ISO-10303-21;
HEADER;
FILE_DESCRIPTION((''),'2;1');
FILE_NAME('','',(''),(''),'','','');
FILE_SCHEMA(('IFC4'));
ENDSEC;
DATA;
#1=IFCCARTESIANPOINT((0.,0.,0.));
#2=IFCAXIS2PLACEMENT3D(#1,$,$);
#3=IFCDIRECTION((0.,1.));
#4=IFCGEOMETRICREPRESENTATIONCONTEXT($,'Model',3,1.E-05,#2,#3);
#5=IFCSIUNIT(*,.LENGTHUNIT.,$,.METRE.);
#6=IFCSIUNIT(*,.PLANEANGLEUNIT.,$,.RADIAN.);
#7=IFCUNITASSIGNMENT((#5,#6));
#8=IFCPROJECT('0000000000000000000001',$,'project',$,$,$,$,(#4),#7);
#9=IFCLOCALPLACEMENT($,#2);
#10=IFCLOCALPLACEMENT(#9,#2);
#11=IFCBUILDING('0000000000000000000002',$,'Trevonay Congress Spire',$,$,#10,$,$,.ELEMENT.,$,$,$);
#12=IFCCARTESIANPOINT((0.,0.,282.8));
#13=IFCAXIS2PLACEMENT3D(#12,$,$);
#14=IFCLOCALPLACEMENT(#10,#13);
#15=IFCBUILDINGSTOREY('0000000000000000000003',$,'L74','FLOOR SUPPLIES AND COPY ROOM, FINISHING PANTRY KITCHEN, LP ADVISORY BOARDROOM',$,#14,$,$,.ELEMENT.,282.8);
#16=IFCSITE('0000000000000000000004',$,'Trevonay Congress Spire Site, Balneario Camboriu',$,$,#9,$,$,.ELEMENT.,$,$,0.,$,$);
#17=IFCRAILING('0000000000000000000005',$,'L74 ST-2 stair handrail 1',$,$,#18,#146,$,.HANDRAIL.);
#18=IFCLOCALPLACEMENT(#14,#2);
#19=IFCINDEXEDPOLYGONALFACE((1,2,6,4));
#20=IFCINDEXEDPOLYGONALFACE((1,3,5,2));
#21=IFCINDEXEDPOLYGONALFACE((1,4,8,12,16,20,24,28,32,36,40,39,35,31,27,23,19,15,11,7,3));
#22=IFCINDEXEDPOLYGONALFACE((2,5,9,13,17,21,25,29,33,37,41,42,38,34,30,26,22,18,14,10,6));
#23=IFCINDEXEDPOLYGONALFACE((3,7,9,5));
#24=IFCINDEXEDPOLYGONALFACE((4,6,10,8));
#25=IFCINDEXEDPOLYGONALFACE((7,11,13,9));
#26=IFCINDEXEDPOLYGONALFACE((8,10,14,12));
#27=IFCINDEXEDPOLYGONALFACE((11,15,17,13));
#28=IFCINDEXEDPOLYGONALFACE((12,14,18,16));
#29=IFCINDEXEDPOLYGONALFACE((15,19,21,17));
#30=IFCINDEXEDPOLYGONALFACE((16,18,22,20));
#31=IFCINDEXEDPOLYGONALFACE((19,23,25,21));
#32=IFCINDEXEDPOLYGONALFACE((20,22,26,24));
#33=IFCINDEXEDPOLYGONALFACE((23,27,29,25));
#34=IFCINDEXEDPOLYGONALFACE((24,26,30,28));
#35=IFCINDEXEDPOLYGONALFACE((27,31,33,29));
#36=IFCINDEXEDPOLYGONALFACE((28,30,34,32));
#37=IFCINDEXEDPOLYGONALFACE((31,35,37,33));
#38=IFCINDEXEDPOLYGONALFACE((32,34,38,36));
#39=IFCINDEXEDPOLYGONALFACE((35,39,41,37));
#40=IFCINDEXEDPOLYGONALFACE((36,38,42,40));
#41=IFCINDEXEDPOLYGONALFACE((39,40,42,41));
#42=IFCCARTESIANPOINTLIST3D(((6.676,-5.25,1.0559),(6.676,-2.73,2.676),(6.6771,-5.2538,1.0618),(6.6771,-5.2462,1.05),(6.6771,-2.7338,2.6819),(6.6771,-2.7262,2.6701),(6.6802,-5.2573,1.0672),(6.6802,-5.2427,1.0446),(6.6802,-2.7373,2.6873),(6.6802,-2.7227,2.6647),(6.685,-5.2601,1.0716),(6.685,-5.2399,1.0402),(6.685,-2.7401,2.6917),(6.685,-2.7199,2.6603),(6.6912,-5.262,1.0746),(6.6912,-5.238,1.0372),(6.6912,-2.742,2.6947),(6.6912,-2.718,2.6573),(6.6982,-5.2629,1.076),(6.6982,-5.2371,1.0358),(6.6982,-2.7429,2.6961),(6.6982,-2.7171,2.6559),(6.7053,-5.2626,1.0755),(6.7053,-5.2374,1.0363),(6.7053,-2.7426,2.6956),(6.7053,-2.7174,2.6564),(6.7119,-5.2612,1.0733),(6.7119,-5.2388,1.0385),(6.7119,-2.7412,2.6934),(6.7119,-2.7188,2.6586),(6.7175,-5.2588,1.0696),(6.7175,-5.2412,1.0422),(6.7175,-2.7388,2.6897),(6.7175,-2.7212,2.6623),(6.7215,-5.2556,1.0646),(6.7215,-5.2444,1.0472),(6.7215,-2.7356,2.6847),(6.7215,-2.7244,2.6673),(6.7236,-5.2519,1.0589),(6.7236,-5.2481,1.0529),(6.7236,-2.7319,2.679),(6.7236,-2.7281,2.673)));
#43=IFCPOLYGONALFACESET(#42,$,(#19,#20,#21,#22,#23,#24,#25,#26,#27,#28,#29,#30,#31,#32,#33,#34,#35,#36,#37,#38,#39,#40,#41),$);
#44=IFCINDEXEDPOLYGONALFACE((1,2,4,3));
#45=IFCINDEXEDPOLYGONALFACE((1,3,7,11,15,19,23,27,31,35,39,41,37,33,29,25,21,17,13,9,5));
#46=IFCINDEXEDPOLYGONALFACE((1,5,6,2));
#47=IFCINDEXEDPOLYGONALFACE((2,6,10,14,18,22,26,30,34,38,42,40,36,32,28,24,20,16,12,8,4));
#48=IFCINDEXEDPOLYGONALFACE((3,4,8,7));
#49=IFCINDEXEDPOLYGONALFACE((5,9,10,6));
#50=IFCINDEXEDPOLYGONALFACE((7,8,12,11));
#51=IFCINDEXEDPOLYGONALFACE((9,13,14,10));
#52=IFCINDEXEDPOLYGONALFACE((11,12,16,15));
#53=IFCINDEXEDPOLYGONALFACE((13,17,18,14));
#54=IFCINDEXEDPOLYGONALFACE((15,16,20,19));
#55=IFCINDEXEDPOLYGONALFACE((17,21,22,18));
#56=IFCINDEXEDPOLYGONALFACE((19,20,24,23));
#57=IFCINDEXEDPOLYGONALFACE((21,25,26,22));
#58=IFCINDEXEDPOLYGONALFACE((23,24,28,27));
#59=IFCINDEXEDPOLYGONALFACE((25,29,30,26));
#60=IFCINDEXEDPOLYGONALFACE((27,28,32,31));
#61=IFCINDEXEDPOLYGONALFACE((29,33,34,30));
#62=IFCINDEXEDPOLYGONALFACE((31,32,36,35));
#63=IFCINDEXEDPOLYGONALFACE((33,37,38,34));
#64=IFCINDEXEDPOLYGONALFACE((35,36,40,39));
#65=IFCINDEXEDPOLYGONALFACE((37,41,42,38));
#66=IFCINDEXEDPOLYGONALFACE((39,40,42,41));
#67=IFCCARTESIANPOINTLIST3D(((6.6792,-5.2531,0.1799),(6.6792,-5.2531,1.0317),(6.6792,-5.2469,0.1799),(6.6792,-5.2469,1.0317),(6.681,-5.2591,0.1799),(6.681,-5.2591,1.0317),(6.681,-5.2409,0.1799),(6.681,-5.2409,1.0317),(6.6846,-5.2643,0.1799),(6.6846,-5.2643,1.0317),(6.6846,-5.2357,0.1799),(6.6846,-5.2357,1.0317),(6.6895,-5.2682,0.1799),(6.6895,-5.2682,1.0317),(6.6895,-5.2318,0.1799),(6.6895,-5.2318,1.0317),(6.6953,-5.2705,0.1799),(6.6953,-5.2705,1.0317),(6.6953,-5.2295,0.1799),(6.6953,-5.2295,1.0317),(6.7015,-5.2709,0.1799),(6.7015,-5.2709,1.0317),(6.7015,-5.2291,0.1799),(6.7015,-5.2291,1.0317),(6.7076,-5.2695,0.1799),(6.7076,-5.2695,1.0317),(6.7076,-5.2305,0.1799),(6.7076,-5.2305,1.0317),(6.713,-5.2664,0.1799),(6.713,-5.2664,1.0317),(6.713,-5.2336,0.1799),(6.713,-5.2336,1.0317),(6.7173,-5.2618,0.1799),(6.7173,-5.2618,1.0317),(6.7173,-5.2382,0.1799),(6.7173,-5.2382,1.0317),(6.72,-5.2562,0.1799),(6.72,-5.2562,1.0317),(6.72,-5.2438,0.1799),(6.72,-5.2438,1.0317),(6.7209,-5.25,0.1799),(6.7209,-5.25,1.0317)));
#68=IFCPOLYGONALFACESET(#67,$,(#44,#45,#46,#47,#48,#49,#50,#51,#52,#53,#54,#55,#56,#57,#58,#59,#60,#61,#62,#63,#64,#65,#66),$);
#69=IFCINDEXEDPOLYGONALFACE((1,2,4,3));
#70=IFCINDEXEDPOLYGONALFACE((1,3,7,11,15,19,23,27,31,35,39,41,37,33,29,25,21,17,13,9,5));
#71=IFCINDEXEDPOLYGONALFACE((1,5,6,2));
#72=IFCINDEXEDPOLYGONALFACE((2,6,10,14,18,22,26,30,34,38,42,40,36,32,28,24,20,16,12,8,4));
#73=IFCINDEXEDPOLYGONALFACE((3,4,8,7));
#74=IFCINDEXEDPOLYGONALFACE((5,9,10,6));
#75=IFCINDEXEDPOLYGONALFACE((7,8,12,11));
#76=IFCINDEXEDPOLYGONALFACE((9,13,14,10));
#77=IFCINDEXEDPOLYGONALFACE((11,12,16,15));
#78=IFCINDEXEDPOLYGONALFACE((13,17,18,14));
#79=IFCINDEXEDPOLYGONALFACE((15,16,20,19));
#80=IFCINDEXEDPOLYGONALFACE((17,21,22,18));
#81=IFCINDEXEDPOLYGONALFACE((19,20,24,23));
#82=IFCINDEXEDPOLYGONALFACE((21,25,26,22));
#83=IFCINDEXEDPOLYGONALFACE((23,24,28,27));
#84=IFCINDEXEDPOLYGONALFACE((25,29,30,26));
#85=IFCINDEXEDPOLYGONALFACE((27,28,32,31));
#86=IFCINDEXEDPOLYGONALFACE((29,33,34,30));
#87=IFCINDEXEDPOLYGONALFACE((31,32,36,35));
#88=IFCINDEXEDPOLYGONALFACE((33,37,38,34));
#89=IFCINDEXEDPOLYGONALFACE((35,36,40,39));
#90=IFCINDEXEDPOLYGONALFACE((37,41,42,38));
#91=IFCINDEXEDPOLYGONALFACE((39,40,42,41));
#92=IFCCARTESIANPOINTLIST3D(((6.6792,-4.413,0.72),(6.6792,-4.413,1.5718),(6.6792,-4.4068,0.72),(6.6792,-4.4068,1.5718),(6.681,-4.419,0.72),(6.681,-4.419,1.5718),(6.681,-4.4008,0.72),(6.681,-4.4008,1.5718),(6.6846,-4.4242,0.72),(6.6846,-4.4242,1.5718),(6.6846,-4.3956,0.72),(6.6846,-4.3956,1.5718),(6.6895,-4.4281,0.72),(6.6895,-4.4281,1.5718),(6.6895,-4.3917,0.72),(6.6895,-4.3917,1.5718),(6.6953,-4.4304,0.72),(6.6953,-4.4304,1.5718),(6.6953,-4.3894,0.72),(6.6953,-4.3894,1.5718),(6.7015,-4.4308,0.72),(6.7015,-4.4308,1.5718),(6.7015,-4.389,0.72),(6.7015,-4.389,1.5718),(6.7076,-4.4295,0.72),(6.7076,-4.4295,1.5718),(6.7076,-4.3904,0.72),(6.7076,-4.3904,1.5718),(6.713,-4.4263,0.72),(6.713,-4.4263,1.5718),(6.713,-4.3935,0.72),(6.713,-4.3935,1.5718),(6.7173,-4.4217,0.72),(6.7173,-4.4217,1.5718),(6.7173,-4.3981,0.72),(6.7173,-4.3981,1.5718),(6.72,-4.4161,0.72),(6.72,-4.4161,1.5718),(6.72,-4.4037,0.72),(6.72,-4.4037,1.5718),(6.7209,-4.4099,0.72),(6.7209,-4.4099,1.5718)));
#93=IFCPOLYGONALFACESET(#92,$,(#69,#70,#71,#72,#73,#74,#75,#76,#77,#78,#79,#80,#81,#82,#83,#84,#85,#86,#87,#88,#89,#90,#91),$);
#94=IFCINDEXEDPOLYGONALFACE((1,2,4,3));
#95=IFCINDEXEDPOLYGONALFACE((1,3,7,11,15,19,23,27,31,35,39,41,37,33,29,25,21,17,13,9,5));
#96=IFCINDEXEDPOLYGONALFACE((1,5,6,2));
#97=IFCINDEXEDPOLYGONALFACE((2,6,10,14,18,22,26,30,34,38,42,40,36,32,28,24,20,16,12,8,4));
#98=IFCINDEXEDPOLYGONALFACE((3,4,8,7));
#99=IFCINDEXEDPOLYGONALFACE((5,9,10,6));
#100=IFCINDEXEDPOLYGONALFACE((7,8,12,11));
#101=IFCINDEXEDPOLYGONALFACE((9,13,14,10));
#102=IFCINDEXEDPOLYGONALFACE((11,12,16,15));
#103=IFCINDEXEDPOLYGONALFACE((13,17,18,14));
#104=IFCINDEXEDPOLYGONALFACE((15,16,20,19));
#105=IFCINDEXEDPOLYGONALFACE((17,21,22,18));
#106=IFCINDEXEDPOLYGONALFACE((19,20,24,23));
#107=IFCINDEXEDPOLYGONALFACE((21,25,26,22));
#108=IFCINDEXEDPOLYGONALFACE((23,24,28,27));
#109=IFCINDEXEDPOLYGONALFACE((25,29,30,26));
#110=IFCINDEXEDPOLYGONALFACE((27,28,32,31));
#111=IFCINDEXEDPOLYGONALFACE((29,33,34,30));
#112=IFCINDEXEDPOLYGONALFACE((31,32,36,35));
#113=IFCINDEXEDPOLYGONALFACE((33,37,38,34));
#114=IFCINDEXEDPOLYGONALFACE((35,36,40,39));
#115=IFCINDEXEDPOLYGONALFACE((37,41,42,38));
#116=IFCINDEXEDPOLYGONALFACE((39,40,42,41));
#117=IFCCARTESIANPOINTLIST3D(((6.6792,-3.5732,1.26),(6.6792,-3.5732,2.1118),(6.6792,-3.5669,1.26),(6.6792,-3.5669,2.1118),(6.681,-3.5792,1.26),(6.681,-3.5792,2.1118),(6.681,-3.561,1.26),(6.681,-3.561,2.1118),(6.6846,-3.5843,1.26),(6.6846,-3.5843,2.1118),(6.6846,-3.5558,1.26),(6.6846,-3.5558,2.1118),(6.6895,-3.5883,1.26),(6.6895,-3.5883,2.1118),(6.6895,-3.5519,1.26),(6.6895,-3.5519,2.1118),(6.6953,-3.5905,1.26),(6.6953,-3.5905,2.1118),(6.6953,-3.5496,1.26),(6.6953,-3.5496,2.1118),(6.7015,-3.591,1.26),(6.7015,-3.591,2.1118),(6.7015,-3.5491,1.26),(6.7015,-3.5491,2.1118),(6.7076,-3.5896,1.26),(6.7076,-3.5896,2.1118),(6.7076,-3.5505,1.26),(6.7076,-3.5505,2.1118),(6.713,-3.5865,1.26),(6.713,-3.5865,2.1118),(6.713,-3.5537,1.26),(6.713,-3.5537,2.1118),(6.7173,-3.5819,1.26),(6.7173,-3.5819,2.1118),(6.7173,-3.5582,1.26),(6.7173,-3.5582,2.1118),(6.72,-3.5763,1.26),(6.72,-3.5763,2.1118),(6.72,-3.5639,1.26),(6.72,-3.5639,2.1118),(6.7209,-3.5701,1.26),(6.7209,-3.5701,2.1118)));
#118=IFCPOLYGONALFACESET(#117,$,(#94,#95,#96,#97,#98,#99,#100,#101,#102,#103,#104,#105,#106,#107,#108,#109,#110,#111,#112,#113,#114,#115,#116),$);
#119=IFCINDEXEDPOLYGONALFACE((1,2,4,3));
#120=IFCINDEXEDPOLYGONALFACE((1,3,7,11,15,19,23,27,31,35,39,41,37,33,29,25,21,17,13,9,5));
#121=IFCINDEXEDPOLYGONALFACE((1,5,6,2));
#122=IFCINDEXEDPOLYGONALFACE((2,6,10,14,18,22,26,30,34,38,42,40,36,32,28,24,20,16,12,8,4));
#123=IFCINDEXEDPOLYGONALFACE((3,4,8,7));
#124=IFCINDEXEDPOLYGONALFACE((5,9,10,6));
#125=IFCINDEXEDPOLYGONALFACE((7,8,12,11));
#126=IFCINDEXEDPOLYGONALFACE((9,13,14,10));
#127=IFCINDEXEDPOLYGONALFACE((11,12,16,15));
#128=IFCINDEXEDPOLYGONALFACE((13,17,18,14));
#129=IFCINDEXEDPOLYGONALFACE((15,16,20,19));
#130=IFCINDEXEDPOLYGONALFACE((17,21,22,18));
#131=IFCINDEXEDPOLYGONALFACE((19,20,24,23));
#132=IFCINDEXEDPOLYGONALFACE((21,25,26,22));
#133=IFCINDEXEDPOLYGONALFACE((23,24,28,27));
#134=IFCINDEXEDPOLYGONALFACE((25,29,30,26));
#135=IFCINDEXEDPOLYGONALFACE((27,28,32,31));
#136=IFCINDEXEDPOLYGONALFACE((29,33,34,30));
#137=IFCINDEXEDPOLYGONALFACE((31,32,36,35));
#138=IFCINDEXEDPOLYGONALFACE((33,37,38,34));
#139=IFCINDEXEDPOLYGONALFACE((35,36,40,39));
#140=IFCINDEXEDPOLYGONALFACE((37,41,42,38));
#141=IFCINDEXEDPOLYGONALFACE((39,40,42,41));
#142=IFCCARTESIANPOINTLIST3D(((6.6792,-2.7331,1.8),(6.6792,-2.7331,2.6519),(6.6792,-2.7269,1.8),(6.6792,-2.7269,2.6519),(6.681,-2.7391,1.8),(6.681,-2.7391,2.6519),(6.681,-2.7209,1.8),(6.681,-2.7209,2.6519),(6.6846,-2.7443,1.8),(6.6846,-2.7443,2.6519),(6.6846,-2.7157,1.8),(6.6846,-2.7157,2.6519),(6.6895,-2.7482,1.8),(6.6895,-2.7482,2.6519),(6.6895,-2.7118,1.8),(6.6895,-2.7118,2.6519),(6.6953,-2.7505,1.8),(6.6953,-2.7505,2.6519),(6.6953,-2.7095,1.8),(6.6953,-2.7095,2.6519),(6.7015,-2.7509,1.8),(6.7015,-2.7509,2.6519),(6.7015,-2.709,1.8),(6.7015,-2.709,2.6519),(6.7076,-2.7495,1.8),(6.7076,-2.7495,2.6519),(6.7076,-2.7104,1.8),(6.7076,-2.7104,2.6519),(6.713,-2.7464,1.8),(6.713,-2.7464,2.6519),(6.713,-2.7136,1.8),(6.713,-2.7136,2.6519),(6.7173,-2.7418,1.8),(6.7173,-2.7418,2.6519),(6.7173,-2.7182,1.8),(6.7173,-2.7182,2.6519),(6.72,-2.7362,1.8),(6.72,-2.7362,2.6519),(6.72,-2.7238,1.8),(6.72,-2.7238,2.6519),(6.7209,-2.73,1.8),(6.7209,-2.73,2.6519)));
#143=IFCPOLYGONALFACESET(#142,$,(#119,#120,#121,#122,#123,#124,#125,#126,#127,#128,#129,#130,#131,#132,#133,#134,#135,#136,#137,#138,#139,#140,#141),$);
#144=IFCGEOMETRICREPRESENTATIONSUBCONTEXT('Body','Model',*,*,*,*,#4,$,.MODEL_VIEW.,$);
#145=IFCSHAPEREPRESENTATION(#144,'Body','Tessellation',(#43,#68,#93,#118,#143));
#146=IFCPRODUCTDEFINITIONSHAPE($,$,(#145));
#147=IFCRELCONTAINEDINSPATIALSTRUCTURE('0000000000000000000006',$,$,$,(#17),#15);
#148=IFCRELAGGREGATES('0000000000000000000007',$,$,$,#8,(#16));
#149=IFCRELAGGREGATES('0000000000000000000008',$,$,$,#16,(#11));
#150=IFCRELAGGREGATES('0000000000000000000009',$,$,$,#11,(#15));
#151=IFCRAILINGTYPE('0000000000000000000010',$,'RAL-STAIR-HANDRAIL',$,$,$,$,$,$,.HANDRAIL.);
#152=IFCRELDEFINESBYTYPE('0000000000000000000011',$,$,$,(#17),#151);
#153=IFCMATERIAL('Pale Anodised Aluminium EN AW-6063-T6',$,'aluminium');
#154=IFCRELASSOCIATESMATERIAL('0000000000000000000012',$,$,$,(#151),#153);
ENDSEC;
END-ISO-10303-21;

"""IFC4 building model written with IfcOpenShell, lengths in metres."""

from ifc_helpers import new_model, si_unit, direction, frame, origin, origin_2d, place, context, subcontext, project, spatial, circle, extrude, material, type_object, element, save


model = new_model("IFC4")

# Units and contexts
model_context = context("Model", 3, precision=1e-05, world=origin(), true_north=direction((0.0, 1.0)))
body_context = subcontext(model_context, "Body", "Model", "MODEL_VIEW")
ifc_project = project(units=[si_unit("LENGTHUNIT", "METRE"), si_unit("PLANEANGLEUNIT", "RADIAN")], contexts=[model_context])

# Site, building, storey
site_placement = place(None, origin())
site = spatial("IfcSite", under=ifc_project, at=site_placement, Name="Trevonay Congress Spire Site, Balneario Camboriu", CompositionType="ELEMENT", RefElevation=0.0)
building_placement = place(site_placement, origin())
building = spatial("IfcBuilding", under=site, at=building_placement, Name="Trevonay Congress Spire", CompositionType="ELEMENT")
storey_placement = place(building_placement, frame((0.0, 0.0, 282.8)))
storey = spatial("IfcBuildingStorey", under=building, at=storey_placement, Name="L74", Description="FLOOR SUPPLIES AND COPY ROOM, FINISHING PANTRY KITCHEN, LP ADVISORY BOARDROOM", CompositionType="ELEMENT", Elevation=282.8)

# Shared definitions
ifc_material_1 = material(Name="Pale Anodised Aluminium EN AW-6063-T6", Category="aluminium")

# Railing
railing_type_1 = type_object("IfcRailingType", Name="RAL-STAIR-HANDRAIL", PredefinedType="HANDRAIL", material=ifc_material_1)
railing_1_placement = place(storey_placement, frame((6.7, -5.25, 0.1799)))
element("IfcRailing", 1, at=railing_1_placement, inside=storey, type_object=railing_type_1, Name="L74 ST-2 stair handrail 1", PredefinedType="HANDRAIL", context=body_context, shape_type="SweptSolid", body=[
    extrude(circle(Radius=0.0239, at=origin_2d()), frame((0.0, 0.0, 0.876), z_axis=(0.0, 0.841163, 0.540782), x_axis=(-1.0, 0.0, 0.0)), (0.0, 0.0, 1.0), 2.9958),
    extrude(circle(Radius=0.021, at=origin_2d()), origin(), (0.0, 0.0, 1.0), 0.8518),
    extrude(circle(Radius=0.021, at=origin_2d()), frame((0.0, 0.8401, 0.54)), (0.0, 0.0, 1.0), 0.8518),
    extrude(circle(Radius=0.021, at=origin_2d()), frame((0.0, 1.6799, 1.0801)), (0.0, 0.0, 1.0), 0.8518),
    extrude(circle(Radius=0.021, at=origin_2d()), frame((0.0, 2.52, 1.6201)), (0.0, 0.0, 1.0), 0.8518),
])

save(model, "model.ifc")
